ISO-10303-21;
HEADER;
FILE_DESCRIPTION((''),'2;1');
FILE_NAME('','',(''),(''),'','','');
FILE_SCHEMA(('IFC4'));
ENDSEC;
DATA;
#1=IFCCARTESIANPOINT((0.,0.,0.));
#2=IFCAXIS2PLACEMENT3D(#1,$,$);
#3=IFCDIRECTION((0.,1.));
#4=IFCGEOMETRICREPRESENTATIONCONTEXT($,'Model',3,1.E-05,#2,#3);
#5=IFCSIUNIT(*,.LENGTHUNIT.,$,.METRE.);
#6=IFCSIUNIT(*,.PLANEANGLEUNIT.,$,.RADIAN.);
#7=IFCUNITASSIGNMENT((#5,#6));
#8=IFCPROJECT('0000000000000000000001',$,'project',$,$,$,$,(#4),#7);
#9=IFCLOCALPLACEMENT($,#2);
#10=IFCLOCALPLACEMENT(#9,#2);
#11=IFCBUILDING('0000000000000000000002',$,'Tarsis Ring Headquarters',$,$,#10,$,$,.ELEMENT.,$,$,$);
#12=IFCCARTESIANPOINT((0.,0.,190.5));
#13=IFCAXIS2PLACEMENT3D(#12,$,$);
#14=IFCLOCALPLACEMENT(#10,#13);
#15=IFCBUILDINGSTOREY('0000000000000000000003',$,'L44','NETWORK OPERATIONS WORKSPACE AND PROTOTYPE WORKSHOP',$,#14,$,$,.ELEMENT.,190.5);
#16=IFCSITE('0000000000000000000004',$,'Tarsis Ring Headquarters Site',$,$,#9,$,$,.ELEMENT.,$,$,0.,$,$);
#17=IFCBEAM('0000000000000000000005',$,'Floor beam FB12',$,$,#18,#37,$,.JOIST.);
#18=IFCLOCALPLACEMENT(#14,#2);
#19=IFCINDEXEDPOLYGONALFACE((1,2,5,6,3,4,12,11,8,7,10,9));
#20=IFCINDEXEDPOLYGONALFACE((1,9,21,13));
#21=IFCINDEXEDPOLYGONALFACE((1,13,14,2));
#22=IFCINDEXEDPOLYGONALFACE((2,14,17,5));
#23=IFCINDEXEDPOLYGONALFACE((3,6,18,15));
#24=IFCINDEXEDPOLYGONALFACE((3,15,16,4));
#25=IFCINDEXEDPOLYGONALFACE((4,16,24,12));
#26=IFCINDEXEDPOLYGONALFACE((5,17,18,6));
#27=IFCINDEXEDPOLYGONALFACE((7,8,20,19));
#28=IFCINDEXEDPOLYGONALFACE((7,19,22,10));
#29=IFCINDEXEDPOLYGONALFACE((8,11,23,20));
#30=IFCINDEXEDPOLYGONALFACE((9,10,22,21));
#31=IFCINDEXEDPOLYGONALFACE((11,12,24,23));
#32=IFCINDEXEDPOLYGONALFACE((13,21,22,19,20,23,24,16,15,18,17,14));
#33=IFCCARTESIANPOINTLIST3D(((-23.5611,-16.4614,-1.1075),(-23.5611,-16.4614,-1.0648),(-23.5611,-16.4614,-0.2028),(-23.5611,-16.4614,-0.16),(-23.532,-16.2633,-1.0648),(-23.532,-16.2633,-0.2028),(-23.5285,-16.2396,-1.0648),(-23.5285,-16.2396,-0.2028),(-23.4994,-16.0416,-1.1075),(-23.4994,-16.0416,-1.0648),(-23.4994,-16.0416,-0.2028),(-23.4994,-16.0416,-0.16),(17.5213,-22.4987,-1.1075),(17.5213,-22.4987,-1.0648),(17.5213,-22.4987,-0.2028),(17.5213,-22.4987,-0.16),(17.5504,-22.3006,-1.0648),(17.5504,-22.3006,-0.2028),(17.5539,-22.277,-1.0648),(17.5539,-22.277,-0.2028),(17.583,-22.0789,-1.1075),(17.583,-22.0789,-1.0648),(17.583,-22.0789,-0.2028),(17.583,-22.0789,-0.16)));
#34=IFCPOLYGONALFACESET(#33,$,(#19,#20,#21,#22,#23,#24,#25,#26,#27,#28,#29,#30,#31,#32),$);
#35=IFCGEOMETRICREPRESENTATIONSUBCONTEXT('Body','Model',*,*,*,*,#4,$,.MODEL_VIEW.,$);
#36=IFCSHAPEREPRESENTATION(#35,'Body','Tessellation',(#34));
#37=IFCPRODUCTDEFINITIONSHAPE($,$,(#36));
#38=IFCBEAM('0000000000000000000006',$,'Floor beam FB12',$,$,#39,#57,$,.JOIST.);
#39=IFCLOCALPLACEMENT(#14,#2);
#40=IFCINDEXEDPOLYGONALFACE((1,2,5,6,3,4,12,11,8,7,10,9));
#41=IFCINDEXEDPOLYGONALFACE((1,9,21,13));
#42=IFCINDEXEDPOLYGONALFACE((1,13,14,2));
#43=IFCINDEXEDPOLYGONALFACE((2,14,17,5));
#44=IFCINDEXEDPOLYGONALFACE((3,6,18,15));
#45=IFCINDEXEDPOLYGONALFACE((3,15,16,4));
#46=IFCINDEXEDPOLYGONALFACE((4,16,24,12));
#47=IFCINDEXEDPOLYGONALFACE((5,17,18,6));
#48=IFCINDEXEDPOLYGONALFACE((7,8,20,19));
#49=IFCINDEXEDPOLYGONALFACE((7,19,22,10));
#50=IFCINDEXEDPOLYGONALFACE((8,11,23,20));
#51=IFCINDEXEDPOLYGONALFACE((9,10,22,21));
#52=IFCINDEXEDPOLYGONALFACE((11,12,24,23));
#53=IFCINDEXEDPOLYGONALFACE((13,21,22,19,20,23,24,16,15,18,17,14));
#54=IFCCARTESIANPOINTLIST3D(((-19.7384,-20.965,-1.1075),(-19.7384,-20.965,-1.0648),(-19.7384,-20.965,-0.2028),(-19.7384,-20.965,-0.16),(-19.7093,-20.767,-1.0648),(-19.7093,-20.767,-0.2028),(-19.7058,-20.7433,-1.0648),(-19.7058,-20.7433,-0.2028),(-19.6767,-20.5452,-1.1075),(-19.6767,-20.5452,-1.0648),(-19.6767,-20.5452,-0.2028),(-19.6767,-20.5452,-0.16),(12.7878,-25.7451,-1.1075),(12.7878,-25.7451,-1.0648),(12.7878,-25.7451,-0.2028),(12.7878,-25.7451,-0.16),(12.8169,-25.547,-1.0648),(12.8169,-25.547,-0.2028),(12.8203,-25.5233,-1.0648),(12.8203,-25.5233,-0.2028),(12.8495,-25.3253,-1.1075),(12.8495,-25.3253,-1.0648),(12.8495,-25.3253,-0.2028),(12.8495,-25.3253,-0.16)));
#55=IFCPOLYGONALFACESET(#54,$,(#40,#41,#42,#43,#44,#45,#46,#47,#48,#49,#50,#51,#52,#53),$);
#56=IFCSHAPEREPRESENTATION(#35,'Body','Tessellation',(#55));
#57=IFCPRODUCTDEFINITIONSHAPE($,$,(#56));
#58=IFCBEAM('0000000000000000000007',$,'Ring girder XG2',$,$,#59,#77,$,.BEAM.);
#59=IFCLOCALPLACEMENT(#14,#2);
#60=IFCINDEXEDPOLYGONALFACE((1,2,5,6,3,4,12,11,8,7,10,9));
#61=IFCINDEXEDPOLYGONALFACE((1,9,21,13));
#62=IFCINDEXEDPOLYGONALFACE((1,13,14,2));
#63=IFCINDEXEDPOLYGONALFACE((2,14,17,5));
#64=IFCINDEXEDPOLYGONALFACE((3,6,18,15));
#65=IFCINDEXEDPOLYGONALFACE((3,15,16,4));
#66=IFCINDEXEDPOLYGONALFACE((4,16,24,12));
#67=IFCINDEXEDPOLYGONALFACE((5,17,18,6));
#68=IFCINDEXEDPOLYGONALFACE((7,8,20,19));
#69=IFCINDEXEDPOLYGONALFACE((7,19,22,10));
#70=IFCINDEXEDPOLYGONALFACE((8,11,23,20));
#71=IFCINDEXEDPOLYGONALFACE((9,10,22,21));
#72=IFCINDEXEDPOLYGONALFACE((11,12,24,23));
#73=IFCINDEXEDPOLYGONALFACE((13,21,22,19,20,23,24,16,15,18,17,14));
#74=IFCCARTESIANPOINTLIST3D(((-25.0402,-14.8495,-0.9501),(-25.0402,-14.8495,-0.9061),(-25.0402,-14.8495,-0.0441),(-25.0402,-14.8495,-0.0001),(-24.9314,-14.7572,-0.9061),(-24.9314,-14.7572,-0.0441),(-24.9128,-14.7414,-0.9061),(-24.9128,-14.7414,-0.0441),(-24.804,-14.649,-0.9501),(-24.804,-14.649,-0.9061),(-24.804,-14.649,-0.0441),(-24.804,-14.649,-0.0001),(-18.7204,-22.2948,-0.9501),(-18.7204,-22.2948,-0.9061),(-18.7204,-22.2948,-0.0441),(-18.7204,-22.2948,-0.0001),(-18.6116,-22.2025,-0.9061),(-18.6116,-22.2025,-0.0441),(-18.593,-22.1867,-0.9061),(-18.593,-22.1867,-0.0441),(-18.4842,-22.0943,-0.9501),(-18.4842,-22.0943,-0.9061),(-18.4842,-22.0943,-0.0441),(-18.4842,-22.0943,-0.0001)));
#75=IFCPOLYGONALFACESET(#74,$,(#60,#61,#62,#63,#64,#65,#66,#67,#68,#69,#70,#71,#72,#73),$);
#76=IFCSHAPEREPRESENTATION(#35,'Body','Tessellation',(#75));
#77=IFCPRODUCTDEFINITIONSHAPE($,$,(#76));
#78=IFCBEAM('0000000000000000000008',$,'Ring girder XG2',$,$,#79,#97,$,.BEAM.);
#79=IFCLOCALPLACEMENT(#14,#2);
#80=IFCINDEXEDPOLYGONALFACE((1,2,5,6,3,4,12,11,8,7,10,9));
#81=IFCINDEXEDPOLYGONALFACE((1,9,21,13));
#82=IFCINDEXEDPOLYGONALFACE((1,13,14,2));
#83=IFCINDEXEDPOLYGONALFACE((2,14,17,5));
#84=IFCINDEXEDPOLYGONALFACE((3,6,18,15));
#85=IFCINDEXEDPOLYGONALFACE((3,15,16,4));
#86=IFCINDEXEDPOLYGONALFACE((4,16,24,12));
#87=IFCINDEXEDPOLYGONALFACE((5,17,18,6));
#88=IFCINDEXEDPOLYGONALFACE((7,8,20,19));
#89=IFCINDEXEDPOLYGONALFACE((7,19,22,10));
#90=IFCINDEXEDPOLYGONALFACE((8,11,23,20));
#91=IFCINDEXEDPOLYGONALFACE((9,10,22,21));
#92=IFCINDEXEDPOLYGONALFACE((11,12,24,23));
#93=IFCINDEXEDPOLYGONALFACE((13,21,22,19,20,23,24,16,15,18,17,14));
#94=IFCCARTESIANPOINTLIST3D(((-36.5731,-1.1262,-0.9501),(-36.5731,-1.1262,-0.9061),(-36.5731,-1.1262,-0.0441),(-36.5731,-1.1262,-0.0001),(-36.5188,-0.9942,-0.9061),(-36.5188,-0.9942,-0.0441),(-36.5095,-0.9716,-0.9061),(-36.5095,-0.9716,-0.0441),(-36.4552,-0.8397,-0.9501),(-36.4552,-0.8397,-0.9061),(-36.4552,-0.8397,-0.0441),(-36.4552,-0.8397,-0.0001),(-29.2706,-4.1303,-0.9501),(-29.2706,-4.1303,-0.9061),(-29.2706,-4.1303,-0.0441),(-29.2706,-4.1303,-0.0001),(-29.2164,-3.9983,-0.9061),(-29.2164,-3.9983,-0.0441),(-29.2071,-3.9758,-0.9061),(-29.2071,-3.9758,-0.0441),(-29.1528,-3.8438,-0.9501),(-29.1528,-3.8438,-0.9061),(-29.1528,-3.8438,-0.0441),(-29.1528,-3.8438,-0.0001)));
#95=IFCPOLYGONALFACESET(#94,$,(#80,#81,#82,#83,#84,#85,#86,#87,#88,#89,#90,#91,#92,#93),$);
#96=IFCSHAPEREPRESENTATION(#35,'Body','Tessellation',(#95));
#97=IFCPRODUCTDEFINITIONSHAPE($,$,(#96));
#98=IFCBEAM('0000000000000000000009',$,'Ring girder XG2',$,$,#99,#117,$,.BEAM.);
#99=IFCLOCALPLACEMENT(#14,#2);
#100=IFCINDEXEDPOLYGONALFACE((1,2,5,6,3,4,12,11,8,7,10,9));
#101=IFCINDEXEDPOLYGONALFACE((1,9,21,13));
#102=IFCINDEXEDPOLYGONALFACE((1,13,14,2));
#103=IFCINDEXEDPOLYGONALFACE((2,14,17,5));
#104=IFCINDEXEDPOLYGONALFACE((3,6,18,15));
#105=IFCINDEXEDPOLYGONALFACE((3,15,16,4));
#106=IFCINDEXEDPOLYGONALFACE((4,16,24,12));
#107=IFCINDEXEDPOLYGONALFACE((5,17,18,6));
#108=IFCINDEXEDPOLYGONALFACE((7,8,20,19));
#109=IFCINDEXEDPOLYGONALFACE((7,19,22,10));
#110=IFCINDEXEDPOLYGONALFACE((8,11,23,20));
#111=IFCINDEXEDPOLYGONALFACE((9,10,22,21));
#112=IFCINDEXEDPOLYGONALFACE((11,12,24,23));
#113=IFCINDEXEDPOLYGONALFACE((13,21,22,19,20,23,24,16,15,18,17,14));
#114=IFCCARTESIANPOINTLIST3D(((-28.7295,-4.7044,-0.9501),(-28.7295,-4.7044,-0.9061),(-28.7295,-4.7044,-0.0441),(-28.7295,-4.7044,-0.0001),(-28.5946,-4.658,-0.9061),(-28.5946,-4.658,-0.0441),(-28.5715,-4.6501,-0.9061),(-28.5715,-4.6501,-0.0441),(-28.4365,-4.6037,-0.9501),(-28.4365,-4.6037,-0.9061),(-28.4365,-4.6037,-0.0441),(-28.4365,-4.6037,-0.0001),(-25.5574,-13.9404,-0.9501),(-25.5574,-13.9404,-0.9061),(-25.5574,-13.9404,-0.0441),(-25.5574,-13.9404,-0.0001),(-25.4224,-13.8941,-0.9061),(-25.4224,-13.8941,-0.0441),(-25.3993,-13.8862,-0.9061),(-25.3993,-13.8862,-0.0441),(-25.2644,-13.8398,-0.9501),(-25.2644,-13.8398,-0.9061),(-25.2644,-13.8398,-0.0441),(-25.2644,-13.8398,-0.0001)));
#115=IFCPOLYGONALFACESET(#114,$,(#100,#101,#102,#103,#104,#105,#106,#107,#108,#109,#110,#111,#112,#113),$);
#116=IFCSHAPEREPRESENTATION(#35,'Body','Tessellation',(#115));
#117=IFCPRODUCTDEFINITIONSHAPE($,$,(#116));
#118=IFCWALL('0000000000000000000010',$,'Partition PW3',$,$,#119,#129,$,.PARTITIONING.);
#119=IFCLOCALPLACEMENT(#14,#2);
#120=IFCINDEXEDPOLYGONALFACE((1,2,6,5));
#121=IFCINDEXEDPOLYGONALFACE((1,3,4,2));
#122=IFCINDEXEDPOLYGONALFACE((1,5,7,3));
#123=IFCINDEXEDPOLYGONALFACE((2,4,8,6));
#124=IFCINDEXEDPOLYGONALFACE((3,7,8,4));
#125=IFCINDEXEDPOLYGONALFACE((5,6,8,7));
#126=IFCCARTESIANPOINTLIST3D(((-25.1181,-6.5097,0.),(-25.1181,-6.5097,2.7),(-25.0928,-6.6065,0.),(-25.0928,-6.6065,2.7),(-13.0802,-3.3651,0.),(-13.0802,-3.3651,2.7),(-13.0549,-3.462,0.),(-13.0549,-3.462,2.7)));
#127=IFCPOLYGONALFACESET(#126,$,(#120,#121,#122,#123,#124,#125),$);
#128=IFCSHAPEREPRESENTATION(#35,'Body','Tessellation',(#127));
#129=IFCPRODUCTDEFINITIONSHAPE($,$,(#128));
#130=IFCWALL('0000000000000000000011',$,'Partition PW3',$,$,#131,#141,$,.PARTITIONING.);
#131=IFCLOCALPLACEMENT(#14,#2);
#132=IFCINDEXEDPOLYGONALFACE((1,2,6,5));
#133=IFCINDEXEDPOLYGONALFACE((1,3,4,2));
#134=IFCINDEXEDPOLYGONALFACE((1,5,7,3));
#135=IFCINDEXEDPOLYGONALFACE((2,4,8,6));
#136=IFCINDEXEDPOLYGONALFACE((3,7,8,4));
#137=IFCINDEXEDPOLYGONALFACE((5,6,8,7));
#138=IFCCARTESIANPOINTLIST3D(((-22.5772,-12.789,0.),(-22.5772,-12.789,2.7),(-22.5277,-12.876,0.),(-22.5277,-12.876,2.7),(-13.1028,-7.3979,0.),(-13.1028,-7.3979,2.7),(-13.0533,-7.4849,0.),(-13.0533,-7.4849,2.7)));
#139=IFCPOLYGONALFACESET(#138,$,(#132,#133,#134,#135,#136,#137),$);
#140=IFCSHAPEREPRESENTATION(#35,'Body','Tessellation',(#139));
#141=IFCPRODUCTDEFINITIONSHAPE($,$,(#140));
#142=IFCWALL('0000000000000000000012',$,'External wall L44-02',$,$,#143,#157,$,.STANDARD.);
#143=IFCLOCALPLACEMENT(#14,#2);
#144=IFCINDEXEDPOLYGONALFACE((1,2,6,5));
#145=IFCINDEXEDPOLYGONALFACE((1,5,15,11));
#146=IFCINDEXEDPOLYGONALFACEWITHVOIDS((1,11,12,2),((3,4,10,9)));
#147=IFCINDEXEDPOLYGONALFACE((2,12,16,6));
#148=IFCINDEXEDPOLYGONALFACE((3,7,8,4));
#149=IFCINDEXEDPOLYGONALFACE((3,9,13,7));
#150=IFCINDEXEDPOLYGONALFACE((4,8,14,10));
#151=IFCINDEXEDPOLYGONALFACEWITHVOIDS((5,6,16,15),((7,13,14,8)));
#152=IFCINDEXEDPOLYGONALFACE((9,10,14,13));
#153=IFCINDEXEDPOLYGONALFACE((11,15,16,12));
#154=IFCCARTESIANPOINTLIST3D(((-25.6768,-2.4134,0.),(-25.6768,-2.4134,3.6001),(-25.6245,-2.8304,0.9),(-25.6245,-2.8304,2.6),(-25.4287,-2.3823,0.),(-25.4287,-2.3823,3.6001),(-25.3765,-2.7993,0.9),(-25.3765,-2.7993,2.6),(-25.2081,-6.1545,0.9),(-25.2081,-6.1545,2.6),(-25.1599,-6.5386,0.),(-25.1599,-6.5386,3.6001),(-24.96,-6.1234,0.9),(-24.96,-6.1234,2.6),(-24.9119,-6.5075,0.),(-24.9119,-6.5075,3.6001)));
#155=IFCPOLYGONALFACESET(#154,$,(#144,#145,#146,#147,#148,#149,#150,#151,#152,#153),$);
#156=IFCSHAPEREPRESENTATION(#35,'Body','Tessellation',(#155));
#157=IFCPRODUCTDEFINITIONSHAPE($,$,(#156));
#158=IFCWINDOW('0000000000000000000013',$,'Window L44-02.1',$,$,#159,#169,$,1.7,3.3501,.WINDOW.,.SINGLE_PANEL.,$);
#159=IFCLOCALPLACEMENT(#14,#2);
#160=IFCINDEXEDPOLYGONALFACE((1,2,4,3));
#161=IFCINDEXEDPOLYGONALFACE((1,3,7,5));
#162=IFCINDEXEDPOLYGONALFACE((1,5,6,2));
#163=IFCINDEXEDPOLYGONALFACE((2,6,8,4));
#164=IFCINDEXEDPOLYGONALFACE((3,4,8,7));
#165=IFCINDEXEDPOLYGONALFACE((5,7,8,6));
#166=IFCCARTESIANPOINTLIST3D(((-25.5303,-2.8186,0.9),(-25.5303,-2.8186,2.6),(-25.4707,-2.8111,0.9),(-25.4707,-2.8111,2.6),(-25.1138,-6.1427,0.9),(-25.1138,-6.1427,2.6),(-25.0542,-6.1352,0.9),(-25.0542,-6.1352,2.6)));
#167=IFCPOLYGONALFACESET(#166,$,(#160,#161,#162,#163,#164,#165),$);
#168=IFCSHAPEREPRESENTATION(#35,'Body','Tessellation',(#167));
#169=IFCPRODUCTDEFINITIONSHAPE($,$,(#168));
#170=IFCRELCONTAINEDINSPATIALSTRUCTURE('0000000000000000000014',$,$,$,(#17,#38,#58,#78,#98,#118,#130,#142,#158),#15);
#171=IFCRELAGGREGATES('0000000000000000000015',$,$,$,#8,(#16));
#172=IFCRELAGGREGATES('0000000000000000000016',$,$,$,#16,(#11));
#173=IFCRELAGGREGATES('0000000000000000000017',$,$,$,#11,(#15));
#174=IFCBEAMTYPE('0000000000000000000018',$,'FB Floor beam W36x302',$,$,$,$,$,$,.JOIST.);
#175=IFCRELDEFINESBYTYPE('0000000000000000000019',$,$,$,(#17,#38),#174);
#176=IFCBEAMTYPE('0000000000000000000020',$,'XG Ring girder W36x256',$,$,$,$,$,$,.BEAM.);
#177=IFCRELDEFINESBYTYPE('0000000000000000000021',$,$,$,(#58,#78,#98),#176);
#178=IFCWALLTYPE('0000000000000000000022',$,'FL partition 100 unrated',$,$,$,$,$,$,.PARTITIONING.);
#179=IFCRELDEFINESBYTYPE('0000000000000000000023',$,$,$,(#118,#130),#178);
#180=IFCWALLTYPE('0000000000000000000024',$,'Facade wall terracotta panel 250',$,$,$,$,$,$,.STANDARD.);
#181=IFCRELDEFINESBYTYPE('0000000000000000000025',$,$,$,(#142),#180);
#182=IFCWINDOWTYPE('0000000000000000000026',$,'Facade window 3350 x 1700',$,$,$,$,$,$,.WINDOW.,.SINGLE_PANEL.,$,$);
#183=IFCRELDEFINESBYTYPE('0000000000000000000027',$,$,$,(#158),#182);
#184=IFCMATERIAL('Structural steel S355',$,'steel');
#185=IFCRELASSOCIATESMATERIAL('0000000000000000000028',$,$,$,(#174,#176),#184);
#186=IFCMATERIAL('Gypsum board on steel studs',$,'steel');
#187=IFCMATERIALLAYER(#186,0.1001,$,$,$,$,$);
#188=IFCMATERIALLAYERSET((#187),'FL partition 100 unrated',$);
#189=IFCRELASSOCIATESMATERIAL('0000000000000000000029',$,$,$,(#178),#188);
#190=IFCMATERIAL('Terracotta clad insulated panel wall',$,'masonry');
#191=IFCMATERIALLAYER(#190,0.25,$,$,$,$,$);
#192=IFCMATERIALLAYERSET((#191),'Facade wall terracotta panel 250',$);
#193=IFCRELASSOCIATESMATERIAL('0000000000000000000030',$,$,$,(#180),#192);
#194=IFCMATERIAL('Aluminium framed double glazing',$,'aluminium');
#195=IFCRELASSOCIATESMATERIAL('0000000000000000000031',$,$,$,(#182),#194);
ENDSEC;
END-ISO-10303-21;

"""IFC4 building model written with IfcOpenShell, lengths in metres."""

from ifc_helpers import new_model, si_unit, direction, frame, frame_2d, origin, origin_2d, place, context, subcontext, project, spatial, rectangle, i_section, extrude, material, layer, layer_set, material_profile, profile_set, type_object, element, fill, save


model = new_model("IFC4")

# Units and contexts
model_context = context("Model", 3, precision=1e-05, world=origin(), true_north=direction((0.0, 1.0)))
body_context = subcontext(model_context, "Body", "Model", "MODEL_VIEW")
ifc_project = project(units=[si_unit("LENGTHUNIT", "METRE"), si_unit("PLANEANGLEUNIT", "RADIAN")], contexts=[model_context])

# Site, building, storey
site_placement = place(None, origin())
site = spatial("IfcSite", under=ifc_project, at=site_placement, Name="Tarsis Ring Headquarters Site", CompositionType="ELEMENT", RefElevation=0.0)
building_placement = place(site_placement, origin())
building = spatial("IfcBuilding", under=site, at=building_placement, Name="Tarsis Ring Headquarters", CompositionType="ELEMENT")
storey_placement = place(building_placement, frame((0.0, 0.0, 190.5)))
storey = spatial("IfcBuildingStorey", under=building, at=storey_placement, Name="L44", Description="NETWORK OPERATIONS WORKSPACE AND PROTOTYPE WORKSHOP", CompositionType="ELEMENT", Elevation=190.5)

# Shared definitions
ifc_material_1 = material(Name="Structural steel S355", Category="steel")

# Beams
ifc_material_profile_1 = material_profile(ifc_material_1, i_section(OverallWidth=0.4243, OverallDepth=0.9475, WebThickness=0.0239, FlangeThickness=0.0427, at=origin_2d()), Name="W36x302")
ifc_profile_set_1 = profile_set([ifc_material_profile_1], Name="Structural steel S355")
beam_type_1 = type_object("IfcBeamType", Name="FB Floor beam W36x302", PredefinedType="JOIST", material=ifc_profile_set_1)
beam_1_placement = place(storey_placement, frame((-23.5303, -16.2515, -0.6338), z_axis=(0.989374, -0.145395, 0.0), x_axis=(0.145395, 0.989374, 0.0)))
element("IfcBeam", 1, at=beam_1_placement, inside=storey, type_object=beam_type_1, Name="Floor beam FB12", PredefinedType="JOIST", context=body_context, shape_type="SweptSolid", body=[
    extrude(i_section(OverallWidth=0.4243, OverallDepth=0.9475, WebThickness=0.0239, FlangeThickness=0.0427, at=origin_2d()), origin(), (0.0, 0.0, 1.0), 41.5237),
])
beam_2_placement = place(storey_placement, frame((-19.7075, -20.7551, -0.6338), z_axis=(0.989373, -0.145398, 0.0), x_axis=(0.145398, 0.989373, 0.0)))
element("IfcBeam", 2, at=beam_2_placement, inside=storey, type_object=beam_type_1, Name="Floor beam FB12", PredefinedType="JOIST", context=body_context, shape_type="SweptSolid", body=[
    extrude(i_section(OverallWidth=0.4243, OverallDepth=0.9475, WebThickness=0.0239, FlangeThickness=0.0427, at=origin_2d()), origin(), (0.0, 0.0, 1.0), 32.8755),
])
ifc_material_profile_2 = material_profile(ifc_material_1, i_section(OverallWidth=0.3098, OverallDepth=0.95, WebThickness=0.0244, FlangeThickness=0.0439, at=origin_2d()), Name="W36x256")
ifc_profile_set_2 = profile_set([ifc_material_profile_2], Name="Structural steel S355")
beam_type_2 = type_object("IfcBeamType", Name="XG Ring girder W36x256", PredefinedType="BEAM", material=ifc_profile_set_2)
beam_3_placement = place(storey_placement, frame((-24.9221, -14.7493, -0.4751), z_axis=(0.647132, -0.762378, 0.0), x_axis=(0.762378, 0.647132, 0.0)))
element("IfcBeam", 3, at=beam_3_placement, inside=storey, type_object=beam_type_2, Name="Ring girder XG2", PredefinedType="BEAM", context=body_context, shape_type="SweptSolid", body=[
    extrude(i_section(OverallWidth=0.3098, OverallDepth=0.95, WebThickness=0.0244, FlangeThickness=0.0439, at=origin_2d()), origin(), (0.0, 0.0, 1.0), 9.7659),
])
beam_4_placement = place(storey_placement, frame((-36.5142, -0.9829, -0.4751), z_axis=(0.924801, -0.380451, 0.0), x_axis=(0.380451, 0.924801, 0.0)))
element("IfcBeam", 4, at=beam_4_placement, inside=storey, type_object=beam_type_2, Name="Ring girder XG2", PredefinedType="BEAM", context=body_context, shape_type="SweptSolid", body=[
    extrude(i_section(OverallWidth=0.3098, OverallDepth=0.95, WebThickness=0.0244, FlangeThickness=0.0439, at=origin_2d()), origin(), (0.0, 0.0, 1.0), 7.8962),
])
beam_5_placement = place(storey_placement, frame((-28.583, -4.6541, -0.4751), z_axis=(0.324825, -0.945774, 0.0), x_axis=(0.945774, 0.324825, 0.0)))
element("IfcBeam", 5, at=beam_5_placement, inside=storey, type_object=beam_type_2, Name="Ring girder XG2", PredefinedType="BEAM", context=body_context, shape_type="SweptSolid", body=[
    extrude(i_section(OverallWidth=0.3098, OverallDepth=0.95, WebThickness=0.0244, FlangeThickness=0.0439, at=origin_2d()), origin(), (0.0, 0.0, 1.0), 9.7656),
])

# Walls
ifc_material_2 = material(Name="Gypsum board on steel studs", Category="steel")
ifc_layer_1 = layer(ifc_material_2, 0.1001)
ifc_layer_set_1 = layer_set([ifc_layer_1], Name="FL partition 100 unrated")
wall_type_1 = type_object("IfcWallType", Name="FL partition 100 unrated", PredefinedType="PARTITIONING", material=ifc_layer_set_1)
wall_1_placement = place(storey_placement, frame((-25.1055, -6.5581, 0.0), z_axis=(0.0, 0.0, 1.0), x_axis=(0.967534, 0.25274, 0.0)))
element("IfcWall", 6, at=wall_1_placement, inside=storey, type_object=wall_type_1, Name="Partition PW3", PredefinedType="PARTITIONING", context=body_context, shape_type="SweptSolid", body=[
    extrude(rectangle(XDim=12.4419, YDim=0.1001, at=frame_2d((6.2209, 0.0))), origin(), (0.0, 0.0, 1.0), 2.7),
])
wall_2_placement = place(storey_placement, frame((-22.5525, -12.8325, 0.0), z_axis=(0.0, 0.0, 1.0), x_axis=(0.869143, 0.494561, 0.0)))
element("IfcWall", 7, at=wall_2_placement, inside=storey, type_object=wall_type_1, Name="Partition PW3", PredefinedType="PARTITIONING", context=body_context, shape_type="SweptSolid", body=[
    extrude(rectangle(XDim=10.9009, YDim=0.1001, at=frame_2d((5.4504, 0.0))), origin(), (0.0, 0.0, 1.0), 2.7),
])

# Wall, opening, window
ifc_material_3 = material(Name="Terracotta clad insulated panel wall", Category="masonry")
ifc_layer_2 = layer(ifc_material_3, 0.25)
ifc_layer_set_2 = layer_set([ifc_layer_2], Name="Facade wall terracotta panel 250")
wall_type_2 = type_object("IfcWallType", Name="Facade wall terracotta panel 250", PredefinedType="STANDARD", material=ifc_layer_set_2)
wall_3_placement = place(storey_placement, frame((-25.5527, -2.3979, 0.0), z_axis=(0.0, 0.0, 1.0), x_axis=(0.124317, -0.992243, 0.0)))
wall_3 = element("IfcWall", 8, at=wall_3_placement, inside=storey, type_object=wall_type_2, Name="External wall L44-02", PredefinedType="STANDARD", context=body_context, shape_type="SweptSolid", body=[
    extrude(rectangle(XDim=4.1575, YDim=0.25, at=frame_2d((2.0786, 0.0))), origin(), (0.0, 0.0, 1.0), 3.6001),
])
opening_1_placement = place(wall_3_placement, frame((0.4202, 0.0, 0.8999)))
opening_1 = element("IfcOpeningElement", 9, at=opening_1_placement, cuts=wall_3, PredefinedType="OPENING", context=body_context, shape_type="SweptSolid", body=[
    extrude(rectangle(XDim=3.3501, YDim=1.7, at=frame_2d((1.675, 0.8501))), frame((0.0, 0.135, 0.0), z_axis=(0.0, -1.0, 0.0), x_axis=(1.0, 0.0, 0.0)), (0.0, 0.0, 1.0), 0.27),
])
ifc_material_4 = material(Name="Aluminium framed double glazing", Category="aluminium")
window_type_1 = type_object("IfcWindowType", Name="Facade window 3350 x 1700", PartitioningType="SINGLE_PANEL", PredefinedType="WINDOW", material=ifc_material_4)
window_1_placement = place(opening_1_placement, origin())
window_1 = element("IfcWindow", 10, at=window_1_placement, inside=storey, type_object=window_type_1, Name="Window L44-02.1", OverallHeight=1.7, OverallWidth=3.3501, PartitioningType="SINGLE_PANEL", PredefinedType="WINDOW", context=body_context, shape_type="SweptSolid", body=[
    extrude(rectangle(XDim=3.3501, YDim=1.7, at=frame_2d((1.675, 0.8501))), frame((0.0, 0.03, 0.0), z_axis=(0.0, -1.0, 0.0), x_axis=(1.0, 0.0, 0.0)), (0.0, 0.0, 1.0), 0.0601),
])
fill(opening_1, window_1)

save(model, "model.ifc")
